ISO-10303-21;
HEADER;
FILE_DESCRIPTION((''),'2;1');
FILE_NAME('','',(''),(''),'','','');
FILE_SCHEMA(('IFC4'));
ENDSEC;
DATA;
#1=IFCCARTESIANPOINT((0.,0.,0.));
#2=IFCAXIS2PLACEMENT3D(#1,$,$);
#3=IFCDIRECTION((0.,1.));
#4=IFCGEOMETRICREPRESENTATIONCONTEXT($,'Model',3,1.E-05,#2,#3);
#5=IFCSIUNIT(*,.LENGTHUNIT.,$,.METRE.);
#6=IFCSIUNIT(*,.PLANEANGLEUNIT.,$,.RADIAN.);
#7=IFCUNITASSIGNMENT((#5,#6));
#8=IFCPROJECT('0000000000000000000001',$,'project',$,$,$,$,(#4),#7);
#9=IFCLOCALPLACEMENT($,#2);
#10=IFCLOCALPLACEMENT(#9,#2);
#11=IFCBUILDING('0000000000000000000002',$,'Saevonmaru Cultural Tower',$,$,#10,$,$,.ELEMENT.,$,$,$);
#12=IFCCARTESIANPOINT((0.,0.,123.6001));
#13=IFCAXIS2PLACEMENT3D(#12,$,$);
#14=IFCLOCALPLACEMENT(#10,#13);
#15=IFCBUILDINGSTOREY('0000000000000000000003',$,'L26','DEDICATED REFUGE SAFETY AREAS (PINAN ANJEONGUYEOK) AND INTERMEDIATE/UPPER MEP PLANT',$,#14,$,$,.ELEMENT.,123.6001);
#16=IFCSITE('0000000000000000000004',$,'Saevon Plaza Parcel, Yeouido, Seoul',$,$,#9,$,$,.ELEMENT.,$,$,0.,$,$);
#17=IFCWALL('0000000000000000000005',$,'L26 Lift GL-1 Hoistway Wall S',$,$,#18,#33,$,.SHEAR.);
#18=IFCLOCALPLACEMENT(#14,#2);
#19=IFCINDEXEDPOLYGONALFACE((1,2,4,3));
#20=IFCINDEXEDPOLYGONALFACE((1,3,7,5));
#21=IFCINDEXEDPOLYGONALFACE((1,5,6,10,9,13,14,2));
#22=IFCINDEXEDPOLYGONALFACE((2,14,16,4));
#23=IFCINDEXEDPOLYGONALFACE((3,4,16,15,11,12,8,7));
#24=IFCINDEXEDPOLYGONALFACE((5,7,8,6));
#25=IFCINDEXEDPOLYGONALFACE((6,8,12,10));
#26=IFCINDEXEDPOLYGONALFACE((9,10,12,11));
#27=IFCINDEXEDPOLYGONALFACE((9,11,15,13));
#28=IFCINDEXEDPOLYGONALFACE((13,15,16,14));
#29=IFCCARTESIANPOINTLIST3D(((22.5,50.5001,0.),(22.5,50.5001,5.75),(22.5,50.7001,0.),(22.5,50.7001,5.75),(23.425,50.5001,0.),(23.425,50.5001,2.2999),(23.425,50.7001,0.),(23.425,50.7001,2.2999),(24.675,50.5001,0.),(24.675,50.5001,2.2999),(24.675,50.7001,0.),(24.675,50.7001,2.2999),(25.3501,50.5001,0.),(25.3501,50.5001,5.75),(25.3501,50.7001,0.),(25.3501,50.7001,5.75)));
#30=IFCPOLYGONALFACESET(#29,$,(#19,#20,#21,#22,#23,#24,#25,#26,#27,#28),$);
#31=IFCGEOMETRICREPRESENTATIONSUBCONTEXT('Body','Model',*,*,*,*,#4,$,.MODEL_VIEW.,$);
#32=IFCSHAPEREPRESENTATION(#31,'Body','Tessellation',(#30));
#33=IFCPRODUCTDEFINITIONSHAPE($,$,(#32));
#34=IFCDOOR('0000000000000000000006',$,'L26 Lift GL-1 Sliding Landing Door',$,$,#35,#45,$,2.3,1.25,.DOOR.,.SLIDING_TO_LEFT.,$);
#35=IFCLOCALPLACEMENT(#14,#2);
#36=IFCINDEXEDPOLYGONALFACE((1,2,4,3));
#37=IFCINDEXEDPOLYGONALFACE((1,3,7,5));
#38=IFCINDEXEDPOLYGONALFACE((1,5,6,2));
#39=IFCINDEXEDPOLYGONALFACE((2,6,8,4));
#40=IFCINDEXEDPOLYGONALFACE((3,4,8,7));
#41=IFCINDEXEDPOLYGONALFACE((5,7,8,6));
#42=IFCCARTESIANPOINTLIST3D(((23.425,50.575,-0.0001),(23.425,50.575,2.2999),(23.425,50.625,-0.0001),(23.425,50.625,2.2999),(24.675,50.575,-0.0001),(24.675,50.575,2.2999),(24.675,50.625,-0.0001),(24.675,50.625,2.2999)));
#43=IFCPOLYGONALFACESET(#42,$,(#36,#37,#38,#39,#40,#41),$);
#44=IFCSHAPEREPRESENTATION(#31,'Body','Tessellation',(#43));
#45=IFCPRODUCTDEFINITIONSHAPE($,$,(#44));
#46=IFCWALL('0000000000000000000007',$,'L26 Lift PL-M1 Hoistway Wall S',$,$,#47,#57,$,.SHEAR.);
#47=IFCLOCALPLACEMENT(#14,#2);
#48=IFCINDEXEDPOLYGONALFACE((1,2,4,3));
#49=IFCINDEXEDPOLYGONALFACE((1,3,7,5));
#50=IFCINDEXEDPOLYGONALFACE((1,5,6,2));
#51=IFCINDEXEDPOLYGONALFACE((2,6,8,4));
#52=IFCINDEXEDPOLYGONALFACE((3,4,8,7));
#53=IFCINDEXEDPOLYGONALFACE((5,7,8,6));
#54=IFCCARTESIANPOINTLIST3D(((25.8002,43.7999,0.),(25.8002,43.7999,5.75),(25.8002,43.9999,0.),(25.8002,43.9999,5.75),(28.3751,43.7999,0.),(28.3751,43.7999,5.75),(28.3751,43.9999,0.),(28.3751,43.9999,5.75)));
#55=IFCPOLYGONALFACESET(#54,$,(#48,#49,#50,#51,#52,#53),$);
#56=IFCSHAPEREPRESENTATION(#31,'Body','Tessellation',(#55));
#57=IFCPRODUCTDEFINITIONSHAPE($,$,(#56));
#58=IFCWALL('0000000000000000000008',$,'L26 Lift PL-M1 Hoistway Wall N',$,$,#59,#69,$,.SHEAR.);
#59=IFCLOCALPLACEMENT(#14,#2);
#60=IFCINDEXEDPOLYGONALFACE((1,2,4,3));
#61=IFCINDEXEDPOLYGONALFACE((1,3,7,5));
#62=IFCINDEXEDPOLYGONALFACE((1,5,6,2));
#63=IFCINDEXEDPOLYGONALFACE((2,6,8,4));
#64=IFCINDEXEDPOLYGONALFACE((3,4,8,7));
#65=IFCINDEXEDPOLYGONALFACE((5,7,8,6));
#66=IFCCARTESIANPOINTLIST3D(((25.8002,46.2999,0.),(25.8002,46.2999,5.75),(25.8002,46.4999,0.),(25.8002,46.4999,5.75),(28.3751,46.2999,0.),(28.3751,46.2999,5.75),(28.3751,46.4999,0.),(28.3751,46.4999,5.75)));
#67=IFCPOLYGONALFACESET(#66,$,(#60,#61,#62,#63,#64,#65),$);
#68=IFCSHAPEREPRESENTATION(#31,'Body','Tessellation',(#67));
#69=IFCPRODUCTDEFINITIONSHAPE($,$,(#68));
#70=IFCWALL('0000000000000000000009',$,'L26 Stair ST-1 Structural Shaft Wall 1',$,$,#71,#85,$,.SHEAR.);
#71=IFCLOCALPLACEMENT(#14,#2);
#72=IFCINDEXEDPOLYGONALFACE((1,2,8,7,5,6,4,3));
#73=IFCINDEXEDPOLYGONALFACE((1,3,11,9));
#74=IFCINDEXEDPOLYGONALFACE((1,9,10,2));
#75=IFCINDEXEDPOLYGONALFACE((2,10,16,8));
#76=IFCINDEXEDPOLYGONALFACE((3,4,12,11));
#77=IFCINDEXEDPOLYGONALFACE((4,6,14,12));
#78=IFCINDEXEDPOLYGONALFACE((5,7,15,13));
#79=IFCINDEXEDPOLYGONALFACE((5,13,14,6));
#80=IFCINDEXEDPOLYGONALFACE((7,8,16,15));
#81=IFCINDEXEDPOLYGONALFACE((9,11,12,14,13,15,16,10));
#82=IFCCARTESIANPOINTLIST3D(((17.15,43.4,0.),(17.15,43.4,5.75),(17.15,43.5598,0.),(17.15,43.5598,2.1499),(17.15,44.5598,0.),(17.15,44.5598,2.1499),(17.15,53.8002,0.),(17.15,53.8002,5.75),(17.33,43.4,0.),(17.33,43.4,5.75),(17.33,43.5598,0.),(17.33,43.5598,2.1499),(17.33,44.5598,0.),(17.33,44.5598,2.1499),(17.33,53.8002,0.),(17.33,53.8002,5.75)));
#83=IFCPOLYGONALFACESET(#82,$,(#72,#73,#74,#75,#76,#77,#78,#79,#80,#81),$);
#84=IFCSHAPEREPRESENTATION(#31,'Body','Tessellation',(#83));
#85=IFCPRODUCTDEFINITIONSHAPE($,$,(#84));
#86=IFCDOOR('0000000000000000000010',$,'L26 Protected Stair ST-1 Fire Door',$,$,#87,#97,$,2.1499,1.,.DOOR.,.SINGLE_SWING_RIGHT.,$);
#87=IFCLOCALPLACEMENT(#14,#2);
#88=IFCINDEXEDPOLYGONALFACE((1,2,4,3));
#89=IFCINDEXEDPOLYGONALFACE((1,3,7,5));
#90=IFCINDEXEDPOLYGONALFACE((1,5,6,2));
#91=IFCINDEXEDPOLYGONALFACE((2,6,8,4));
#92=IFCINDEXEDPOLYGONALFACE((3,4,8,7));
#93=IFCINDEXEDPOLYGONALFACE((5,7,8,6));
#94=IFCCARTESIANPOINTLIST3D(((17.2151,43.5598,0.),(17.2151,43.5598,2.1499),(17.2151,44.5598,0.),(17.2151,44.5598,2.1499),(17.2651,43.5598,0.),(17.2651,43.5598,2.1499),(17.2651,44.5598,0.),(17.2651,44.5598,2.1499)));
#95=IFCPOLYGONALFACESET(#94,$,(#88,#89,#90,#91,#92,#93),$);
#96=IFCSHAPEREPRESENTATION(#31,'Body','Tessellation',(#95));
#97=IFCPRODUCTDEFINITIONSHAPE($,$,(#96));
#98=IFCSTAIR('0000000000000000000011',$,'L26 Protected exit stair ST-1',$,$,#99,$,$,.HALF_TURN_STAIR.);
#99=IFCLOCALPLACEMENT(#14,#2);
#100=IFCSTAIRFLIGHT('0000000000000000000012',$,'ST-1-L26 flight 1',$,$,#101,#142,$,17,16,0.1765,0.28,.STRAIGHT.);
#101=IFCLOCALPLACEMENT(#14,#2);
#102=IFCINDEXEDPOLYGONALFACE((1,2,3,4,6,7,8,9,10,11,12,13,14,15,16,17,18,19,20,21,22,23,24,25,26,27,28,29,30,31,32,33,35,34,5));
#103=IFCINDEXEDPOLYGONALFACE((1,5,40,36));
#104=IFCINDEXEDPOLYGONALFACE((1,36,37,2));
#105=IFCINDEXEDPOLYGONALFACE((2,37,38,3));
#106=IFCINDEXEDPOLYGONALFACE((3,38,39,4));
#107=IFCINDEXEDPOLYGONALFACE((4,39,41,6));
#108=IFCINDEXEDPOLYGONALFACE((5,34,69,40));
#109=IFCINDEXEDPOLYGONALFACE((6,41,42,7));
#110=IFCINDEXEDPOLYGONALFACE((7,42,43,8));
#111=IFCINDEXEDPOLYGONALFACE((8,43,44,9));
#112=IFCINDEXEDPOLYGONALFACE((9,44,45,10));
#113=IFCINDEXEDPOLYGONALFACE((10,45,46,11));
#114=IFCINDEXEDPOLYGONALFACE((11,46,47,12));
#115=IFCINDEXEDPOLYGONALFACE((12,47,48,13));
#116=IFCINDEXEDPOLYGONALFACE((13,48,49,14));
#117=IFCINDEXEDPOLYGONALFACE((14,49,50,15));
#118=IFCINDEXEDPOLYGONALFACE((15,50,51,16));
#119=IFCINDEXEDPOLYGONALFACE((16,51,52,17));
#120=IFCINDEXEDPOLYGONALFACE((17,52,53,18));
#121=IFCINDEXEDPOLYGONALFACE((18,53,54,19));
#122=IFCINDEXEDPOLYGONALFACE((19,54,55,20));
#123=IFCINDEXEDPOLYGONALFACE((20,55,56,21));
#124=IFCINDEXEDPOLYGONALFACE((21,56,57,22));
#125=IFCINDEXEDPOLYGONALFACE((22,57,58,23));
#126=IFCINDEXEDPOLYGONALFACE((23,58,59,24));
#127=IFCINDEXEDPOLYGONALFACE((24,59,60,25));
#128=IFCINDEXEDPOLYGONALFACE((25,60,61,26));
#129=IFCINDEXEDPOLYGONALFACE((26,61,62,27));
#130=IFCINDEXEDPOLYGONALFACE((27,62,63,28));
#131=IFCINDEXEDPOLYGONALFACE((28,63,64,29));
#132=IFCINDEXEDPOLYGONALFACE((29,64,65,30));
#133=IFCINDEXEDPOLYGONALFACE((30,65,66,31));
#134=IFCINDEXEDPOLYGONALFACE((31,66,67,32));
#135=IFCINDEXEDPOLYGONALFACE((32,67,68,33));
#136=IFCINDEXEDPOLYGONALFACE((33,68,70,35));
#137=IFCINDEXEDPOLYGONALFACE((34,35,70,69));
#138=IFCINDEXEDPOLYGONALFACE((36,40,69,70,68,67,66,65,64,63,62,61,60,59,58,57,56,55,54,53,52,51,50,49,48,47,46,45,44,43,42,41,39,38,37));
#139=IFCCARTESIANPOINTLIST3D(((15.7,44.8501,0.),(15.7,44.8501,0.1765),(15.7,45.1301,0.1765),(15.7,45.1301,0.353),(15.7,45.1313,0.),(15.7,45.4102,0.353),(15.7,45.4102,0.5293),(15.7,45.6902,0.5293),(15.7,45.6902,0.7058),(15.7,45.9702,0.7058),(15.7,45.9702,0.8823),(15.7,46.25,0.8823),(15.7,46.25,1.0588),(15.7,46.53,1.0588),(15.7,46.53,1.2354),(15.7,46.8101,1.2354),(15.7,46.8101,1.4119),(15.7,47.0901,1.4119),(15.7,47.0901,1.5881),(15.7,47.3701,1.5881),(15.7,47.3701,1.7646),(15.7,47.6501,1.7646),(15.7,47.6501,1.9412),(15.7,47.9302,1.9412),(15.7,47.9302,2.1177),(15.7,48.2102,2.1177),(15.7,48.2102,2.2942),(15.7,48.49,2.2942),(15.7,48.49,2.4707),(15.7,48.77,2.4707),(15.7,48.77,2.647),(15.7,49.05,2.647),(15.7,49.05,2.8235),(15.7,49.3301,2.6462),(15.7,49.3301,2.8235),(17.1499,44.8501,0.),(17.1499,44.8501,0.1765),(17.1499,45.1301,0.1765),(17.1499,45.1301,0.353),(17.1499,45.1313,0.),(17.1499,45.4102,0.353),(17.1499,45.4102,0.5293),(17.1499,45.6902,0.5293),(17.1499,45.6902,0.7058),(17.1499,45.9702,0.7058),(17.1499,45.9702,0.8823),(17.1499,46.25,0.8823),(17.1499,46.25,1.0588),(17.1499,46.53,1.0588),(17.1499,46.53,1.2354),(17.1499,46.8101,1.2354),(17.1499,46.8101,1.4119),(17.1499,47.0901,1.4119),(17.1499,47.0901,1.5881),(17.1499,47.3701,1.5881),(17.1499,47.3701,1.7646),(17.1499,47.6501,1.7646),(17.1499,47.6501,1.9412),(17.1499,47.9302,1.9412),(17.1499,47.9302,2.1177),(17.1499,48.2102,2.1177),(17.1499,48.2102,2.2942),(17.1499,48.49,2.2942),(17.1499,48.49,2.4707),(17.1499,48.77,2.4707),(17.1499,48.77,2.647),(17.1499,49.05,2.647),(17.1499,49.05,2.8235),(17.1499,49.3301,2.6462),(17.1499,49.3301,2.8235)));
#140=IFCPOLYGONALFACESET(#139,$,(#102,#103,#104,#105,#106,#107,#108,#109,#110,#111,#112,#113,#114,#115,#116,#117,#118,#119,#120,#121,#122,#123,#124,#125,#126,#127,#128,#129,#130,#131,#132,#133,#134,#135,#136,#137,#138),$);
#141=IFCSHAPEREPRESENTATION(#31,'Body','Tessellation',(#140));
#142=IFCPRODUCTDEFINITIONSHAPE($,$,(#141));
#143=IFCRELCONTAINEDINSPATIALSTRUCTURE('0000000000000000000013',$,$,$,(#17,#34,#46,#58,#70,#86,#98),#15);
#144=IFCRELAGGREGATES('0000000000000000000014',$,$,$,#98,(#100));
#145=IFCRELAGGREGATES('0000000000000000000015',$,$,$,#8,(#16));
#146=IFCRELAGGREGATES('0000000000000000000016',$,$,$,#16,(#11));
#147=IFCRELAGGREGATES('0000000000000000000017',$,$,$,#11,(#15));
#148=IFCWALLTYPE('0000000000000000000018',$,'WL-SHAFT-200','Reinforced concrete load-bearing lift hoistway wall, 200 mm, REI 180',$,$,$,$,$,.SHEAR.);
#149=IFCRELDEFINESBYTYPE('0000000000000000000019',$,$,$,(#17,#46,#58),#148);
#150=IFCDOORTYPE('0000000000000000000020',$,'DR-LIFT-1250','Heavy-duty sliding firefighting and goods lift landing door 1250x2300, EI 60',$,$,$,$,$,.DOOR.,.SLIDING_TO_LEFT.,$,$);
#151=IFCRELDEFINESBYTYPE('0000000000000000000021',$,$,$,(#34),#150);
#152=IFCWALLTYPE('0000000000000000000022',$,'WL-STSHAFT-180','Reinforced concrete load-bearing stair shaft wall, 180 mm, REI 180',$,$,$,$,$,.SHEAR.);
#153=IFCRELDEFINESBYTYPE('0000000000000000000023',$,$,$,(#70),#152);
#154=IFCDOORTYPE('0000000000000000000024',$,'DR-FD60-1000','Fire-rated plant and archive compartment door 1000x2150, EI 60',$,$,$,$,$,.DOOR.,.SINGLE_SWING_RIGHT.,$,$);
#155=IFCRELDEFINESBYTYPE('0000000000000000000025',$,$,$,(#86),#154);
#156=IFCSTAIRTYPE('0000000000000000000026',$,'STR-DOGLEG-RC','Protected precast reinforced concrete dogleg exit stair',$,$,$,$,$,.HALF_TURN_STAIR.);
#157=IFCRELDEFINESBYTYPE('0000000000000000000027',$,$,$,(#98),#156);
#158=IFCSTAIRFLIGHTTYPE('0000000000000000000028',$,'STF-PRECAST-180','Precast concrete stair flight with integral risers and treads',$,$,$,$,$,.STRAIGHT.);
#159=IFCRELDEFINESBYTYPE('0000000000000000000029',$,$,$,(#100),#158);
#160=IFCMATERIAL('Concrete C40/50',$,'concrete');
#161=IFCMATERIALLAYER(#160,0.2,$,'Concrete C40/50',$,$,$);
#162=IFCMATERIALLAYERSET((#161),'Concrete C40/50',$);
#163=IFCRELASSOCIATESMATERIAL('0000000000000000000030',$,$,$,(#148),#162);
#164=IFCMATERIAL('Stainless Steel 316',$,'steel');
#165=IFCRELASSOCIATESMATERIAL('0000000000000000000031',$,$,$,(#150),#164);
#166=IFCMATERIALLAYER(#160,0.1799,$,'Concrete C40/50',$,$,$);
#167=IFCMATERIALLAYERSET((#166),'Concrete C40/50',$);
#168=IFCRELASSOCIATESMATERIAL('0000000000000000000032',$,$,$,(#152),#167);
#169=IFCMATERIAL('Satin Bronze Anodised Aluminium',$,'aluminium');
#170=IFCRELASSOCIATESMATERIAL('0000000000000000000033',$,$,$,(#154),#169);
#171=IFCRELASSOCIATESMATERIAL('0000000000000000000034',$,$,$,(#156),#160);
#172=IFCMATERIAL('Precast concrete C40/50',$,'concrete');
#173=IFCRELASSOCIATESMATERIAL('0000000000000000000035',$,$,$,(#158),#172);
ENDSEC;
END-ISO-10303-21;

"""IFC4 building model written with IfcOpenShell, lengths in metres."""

from ifc_helpers import new_model, si_unit, direction, frame, frame_2d, origin, place, context, subcontext, project, spatial, polyline, rectangle, outline, extrude, material, layer, layer_set, type_object, element, fill, aggregate, save


model = new_model("IFC4")

# Units and contexts
model_context = context("Model", 3, precision=1e-05, world=origin(), true_north=direction((0.0, 1.0)))
body_context = subcontext(model_context, "Body", "Model", "MODEL_VIEW")
ifc_project = project(units=[si_unit("LENGTHUNIT", "METRE"), si_unit("PLANEANGLEUNIT", "RADIAN")], contexts=[model_context])

# Site, building, storey
site_placement = place(None, origin())
site = spatial("IfcSite", under=ifc_project, at=site_placement, Name="Saevon Plaza Parcel, Yeouido, Seoul", CompositionType="ELEMENT", RefElevation=0.0)
building_placement = place(site_placement, origin())
building = spatial("IfcBuilding", under=site, at=building_placement, Name="Saevonmaru Cultural Tower", CompositionType="ELEMENT")
storey_placement = place(building_placement, frame((0.0, 0.0, 123.6001)))
storey = spatial("IfcBuildingStorey", under=building, at=storey_placement, Name="L26", Description="DEDICATED REFUGE SAFETY AREAS (PINAN ANJEONGUYEOK) AND INTERMEDIATE/UPPER MEP PLANT", CompositionType="ELEMENT", Elevation=123.6001)

# Wall, opening, door
ifc_material_1 = material(Name="Satin Bronze Anodised Aluminium", Category="aluminium")
ifc_material_2 = material(Name="Concrete C40/50", Category="concrete")
ifc_layer_1 = layer(ifc_material_2, 0.2, Name="Concrete C40/50")
ifc_layer_set_1 = layer_set([ifc_layer_1], Name="Concrete C40/50")
wall_type_1 = type_object("IfcWallType", Name="WL-SHAFT-200", Description="Reinforced concrete load-bearing lift hoistway wall, 200 mm, REI 180", PredefinedType="SHEAR", material=ifc_layer_set_1)
ifc_material_3 = material(Name="Stainless Steel 316", Category="steel")
door_type_1 = type_object("IfcDoorType", Name="DR-LIFT-1250", Description="Heavy-duty sliding firefighting and goods lift landing door 1250x2300, EI 60", OperationType="SLIDING_TO_LEFT", PredefinedType="DOOR", material=ifc_material_3)
wall_1_placement = place(storey_placement, frame((22.5, 50.6001, 0.0), z_axis=(0.0, 0.0, 1.0), x_axis=(1.0, 0.0, 0.0)))
wall_1 = element("IfcWall", 1, at=wall_1_placement, inside=storey, type_object=wall_type_1, Name="L26 Lift GL-1 Hoistway Wall S", PredefinedType="SHEAR", context=body_context, shape_type="SweptSolid", body=[
    extrude(rectangle(XDim=2.8501, YDim=0.2, at=frame_2d((1.425, 0.0))), origin(), (0.0, 0.0, 1.0), 5.75),
])
opening_1_placement = place(wall_1_placement, frame((0.925, 0.0, 0.0)))
opening_1 = element("IfcOpeningElement", 2, at=opening_1_placement, cuts=wall_1, PredefinedType="OPENING", context=body_context, shape_type="SweptSolid", body=[
    extrude(rectangle(XDim=1.25, YDim=2.3, at=frame_2d((0.625, 1.1499))), frame((0.0, 0.1099, 0.0), z_axis=(0.0, -1.0, 0.0), x_axis=(1.0, 0.0, 0.0)), (0.0, 0.0, 1.0), 0.22),
])
door_1_placement = place(opening_1_placement, origin())
door_1 = element("IfcDoor", 3, at=door_1_placement, inside=storey, type_object=door_type_1, Name="L26 Lift GL-1 Sliding Landing Door", OperationType="SLIDING_TO_LEFT", OverallHeight=2.3, OverallWidth=1.25, PredefinedType="DOOR", context=body_context, shape_type="SweptSolid", body=[
    extrude(rectangle(XDim=1.25, YDim=2.3, at=frame_2d((0.625, 1.1499))), frame((0.0, 0.0249, 0.0), z_axis=(0.0, -1.0, 0.0), x_axis=(1.0, 0.0, 0.0)), (0.0, 0.0, 1.0), 0.05),
])
fill(opening_1, door_1)

# Walls
for number, where, z_axis, x_axis, name in (
    (4, (25.8, 43.8999, 0.0), (0.0, 0.0, 1.0), (1.0, 0.0, 0.0), "L26 Lift PL-M1 Hoistway Wall S"),
    (5, (25.8, 46.3999, 0.0), (0.0, 0.0, 1.0), (1.0, 0.0, 0.0), "L26 Lift PL-M1 Hoistway Wall N"),
):
    element("IfcWall", number, at=place(storey_placement, frame(where, z_axis=z_axis, x_axis=x_axis)), inside=storey, type_object=wall_type_1, Name=name, PredefinedType="SHEAR", context=body_context, shape_type="SweptSolid", body=[
        extrude(rectangle(XDim=2.575, YDim=0.2, at=frame_2d((1.2876, 0.0))), origin(), (0.0, 0.0, 1.0), 5.75),
    ])

# Wall, opening, door
ifc_layer_2 = layer(ifc_material_2, 0.1799, Name="Concrete C40/50")
ifc_layer_set_2 = layer_set([ifc_layer_2], Name="Concrete C40/50")
wall_type_2 = type_object("IfcWallType", Name="WL-STSHAFT-180", Description="Reinforced concrete load-bearing stair shaft wall, 180 mm, REI 180", PredefinedType="SHEAR", material=ifc_layer_set_2)
wall_2_placement = place(storey_placement, frame((17.24, 43.3999, 0.0), z_axis=(0.0, 0.0, 1.0), x_axis=(0.0, 1.0, 0.0)))
wall_2 = element("IfcWall", 6, at=wall_2_placement, inside=storey, type_object=wall_type_2, Name="L26 Stair ST-1 Structural Shaft Wall 1", PredefinedType="SHEAR", context=body_context, shape_type="SweptSolid", body=[
    extrude(rectangle(XDim=10.4001, YDim=0.1799, at=frame_2d((5.2002, 0.0))), origin(), (0.0, 0.0, 1.0), 5.75),
])
opening_2_placement = place(wall_2_placement, frame((0.1599, 0.0, 0.0)))
opening_2 = element("IfcOpeningElement", 7, at=opening_2_placement, cuts=wall_2, PredefinedType="OPENING", context=body_context, shape_type="SweptSolid", body=[
    extrude(rectangle(XDim=1.0, YDim=2.1499, at=frame_2d((0.5, 1.075))), frame((0.0, 0.1001, 0.0), z_axis=(0.0, -1.0, 0.0), x_axis=(1.0, 0.0, 0.0)), (0.0, 0.0, 1.0), 0.2),
])
door_type_2 = type_object("IfcDoorType", Name="DR-FD60-1000", Description="Fire-rated plant and archive compartment door 1000x2150, EI 60", OperationType="SINGLE_SWING_RIGHT", PredefinedType="DOOR", material=ifc_material_1)
door_2_placement = place(opening_2_placement, origin())
door_2 = element("IfcDoor", 8, at=door_2_placement, inside=storey, type_object=door_type_2, Name="L26 Protected Stair ST-1 Fire Door", OperationType="SINGLE_SWING_RIGHT", OverallHeight=2.1499, OverallWidth=1.0, PredefinedType="DOOR", context=body_context, shape_type="SweptSolid", body=[
    extrude(rectangle(XDim=1.0, YDim=2.1499, at=frame_2d((0.5, 1.075))), frame((0.0, 0.0249, 0.0), z_axis=(0.0, -1.0, 0.0), x_axis=(1.0, 0.0, 0.0)), (0.0, 0.0, 1.0), 0.05),
])
fill(opening_2, door_2)

# Stair, stair flight
stair_type = type_object("IfcStairType", Name="STR-DOGLEG-RC", Description="Protected precast reinforced concrete dogleg exit stair", PredefinedType="HALF_TURN_STAIR", material=ifc_material_2)
stair_placement = place(storey_placement, origin())
stair = element("IfcStair", 9, at=stair_placement, inside=storey, type_object=stair_type, Name="L26 Protected exit stair ST-1", PredefinedType="HALF_TURN_STAIR")
ifc_material_4 = material(Name="Precast concrete C40/50", Category="concrete")
stair_flight_type = type_object("IfcStairFlightType", Name="STF-PRECAST-180", Description="Precast concrete stair flight with integral risers and treads", PredefinedType="STRAIGHT", material=ifc_material_4)
stair_flight_1_placement = place(storey_placement, frame((16.425, 44.8501, 0.0), z_axis=(0.0, 0.0, 1.0), x_axis=(0.0, 1.0, 0.0)))
stair_flight_1 = element("IfcStairFlight", 10, at=stair_flight_1_placement, type_object=stair_flight_type, Name="ST-1-L26 flight 1", NumberOfRisers=17, NumberOfTreads=16, PredefinedType="STRAIGHT", RiserHeight=0.1765, TreadLength=0.28, context=body_context, shape_type="SweptSolid", body=[
    extrude(outline(polyline([(0.0, 0.0), (0.0, 0.1765), (0.28, 0.1765), (0.28, 0.353), (0.5601, 0.353), (0.5601, 0.5293), (0.8401, 0.5293), (0.8401, 0.7058), (1.1201, 0.7058), (1.1201, 0.8823), (1.3999, 0.8823), (1.3999, 1.0588), (1.6799, 1.0588), (1.6799, 1.2354), (1.96, 1.2354), (1.96, 1.4119), (2.24, 1.4119), (2.24, 1.5881), (2.52, 1.5881), (2.52, 1.7646), (2.8, 1.7646), (2.8, 1.9412), (3.0801, 1.9412), (3.0801, 2.1177), (3.3601, 2.1177), (3.3601, 2.2942), (3.6399, 2.2942), (3.6399, 2.4707), (3.9199, 2.4707), (3.9199, 2.647), (4.2, 2.647), (4.2, 2.8235), (4.48, 2.8235), (4.48, 3.0), (4.48, 2.6462), (0.2812, 0.0), (0.0, 0.0)])), frame((0.0, 0.7251, 0.0), z_axis=(0.0, -1.0, 0.0), x_axis=(1.0, 0.0, 0.0)), (0.0, 0.0, 1.0), 1.45),
])
aggregate(stair, [stair_flight_1])

save(model, "model.ifc")
